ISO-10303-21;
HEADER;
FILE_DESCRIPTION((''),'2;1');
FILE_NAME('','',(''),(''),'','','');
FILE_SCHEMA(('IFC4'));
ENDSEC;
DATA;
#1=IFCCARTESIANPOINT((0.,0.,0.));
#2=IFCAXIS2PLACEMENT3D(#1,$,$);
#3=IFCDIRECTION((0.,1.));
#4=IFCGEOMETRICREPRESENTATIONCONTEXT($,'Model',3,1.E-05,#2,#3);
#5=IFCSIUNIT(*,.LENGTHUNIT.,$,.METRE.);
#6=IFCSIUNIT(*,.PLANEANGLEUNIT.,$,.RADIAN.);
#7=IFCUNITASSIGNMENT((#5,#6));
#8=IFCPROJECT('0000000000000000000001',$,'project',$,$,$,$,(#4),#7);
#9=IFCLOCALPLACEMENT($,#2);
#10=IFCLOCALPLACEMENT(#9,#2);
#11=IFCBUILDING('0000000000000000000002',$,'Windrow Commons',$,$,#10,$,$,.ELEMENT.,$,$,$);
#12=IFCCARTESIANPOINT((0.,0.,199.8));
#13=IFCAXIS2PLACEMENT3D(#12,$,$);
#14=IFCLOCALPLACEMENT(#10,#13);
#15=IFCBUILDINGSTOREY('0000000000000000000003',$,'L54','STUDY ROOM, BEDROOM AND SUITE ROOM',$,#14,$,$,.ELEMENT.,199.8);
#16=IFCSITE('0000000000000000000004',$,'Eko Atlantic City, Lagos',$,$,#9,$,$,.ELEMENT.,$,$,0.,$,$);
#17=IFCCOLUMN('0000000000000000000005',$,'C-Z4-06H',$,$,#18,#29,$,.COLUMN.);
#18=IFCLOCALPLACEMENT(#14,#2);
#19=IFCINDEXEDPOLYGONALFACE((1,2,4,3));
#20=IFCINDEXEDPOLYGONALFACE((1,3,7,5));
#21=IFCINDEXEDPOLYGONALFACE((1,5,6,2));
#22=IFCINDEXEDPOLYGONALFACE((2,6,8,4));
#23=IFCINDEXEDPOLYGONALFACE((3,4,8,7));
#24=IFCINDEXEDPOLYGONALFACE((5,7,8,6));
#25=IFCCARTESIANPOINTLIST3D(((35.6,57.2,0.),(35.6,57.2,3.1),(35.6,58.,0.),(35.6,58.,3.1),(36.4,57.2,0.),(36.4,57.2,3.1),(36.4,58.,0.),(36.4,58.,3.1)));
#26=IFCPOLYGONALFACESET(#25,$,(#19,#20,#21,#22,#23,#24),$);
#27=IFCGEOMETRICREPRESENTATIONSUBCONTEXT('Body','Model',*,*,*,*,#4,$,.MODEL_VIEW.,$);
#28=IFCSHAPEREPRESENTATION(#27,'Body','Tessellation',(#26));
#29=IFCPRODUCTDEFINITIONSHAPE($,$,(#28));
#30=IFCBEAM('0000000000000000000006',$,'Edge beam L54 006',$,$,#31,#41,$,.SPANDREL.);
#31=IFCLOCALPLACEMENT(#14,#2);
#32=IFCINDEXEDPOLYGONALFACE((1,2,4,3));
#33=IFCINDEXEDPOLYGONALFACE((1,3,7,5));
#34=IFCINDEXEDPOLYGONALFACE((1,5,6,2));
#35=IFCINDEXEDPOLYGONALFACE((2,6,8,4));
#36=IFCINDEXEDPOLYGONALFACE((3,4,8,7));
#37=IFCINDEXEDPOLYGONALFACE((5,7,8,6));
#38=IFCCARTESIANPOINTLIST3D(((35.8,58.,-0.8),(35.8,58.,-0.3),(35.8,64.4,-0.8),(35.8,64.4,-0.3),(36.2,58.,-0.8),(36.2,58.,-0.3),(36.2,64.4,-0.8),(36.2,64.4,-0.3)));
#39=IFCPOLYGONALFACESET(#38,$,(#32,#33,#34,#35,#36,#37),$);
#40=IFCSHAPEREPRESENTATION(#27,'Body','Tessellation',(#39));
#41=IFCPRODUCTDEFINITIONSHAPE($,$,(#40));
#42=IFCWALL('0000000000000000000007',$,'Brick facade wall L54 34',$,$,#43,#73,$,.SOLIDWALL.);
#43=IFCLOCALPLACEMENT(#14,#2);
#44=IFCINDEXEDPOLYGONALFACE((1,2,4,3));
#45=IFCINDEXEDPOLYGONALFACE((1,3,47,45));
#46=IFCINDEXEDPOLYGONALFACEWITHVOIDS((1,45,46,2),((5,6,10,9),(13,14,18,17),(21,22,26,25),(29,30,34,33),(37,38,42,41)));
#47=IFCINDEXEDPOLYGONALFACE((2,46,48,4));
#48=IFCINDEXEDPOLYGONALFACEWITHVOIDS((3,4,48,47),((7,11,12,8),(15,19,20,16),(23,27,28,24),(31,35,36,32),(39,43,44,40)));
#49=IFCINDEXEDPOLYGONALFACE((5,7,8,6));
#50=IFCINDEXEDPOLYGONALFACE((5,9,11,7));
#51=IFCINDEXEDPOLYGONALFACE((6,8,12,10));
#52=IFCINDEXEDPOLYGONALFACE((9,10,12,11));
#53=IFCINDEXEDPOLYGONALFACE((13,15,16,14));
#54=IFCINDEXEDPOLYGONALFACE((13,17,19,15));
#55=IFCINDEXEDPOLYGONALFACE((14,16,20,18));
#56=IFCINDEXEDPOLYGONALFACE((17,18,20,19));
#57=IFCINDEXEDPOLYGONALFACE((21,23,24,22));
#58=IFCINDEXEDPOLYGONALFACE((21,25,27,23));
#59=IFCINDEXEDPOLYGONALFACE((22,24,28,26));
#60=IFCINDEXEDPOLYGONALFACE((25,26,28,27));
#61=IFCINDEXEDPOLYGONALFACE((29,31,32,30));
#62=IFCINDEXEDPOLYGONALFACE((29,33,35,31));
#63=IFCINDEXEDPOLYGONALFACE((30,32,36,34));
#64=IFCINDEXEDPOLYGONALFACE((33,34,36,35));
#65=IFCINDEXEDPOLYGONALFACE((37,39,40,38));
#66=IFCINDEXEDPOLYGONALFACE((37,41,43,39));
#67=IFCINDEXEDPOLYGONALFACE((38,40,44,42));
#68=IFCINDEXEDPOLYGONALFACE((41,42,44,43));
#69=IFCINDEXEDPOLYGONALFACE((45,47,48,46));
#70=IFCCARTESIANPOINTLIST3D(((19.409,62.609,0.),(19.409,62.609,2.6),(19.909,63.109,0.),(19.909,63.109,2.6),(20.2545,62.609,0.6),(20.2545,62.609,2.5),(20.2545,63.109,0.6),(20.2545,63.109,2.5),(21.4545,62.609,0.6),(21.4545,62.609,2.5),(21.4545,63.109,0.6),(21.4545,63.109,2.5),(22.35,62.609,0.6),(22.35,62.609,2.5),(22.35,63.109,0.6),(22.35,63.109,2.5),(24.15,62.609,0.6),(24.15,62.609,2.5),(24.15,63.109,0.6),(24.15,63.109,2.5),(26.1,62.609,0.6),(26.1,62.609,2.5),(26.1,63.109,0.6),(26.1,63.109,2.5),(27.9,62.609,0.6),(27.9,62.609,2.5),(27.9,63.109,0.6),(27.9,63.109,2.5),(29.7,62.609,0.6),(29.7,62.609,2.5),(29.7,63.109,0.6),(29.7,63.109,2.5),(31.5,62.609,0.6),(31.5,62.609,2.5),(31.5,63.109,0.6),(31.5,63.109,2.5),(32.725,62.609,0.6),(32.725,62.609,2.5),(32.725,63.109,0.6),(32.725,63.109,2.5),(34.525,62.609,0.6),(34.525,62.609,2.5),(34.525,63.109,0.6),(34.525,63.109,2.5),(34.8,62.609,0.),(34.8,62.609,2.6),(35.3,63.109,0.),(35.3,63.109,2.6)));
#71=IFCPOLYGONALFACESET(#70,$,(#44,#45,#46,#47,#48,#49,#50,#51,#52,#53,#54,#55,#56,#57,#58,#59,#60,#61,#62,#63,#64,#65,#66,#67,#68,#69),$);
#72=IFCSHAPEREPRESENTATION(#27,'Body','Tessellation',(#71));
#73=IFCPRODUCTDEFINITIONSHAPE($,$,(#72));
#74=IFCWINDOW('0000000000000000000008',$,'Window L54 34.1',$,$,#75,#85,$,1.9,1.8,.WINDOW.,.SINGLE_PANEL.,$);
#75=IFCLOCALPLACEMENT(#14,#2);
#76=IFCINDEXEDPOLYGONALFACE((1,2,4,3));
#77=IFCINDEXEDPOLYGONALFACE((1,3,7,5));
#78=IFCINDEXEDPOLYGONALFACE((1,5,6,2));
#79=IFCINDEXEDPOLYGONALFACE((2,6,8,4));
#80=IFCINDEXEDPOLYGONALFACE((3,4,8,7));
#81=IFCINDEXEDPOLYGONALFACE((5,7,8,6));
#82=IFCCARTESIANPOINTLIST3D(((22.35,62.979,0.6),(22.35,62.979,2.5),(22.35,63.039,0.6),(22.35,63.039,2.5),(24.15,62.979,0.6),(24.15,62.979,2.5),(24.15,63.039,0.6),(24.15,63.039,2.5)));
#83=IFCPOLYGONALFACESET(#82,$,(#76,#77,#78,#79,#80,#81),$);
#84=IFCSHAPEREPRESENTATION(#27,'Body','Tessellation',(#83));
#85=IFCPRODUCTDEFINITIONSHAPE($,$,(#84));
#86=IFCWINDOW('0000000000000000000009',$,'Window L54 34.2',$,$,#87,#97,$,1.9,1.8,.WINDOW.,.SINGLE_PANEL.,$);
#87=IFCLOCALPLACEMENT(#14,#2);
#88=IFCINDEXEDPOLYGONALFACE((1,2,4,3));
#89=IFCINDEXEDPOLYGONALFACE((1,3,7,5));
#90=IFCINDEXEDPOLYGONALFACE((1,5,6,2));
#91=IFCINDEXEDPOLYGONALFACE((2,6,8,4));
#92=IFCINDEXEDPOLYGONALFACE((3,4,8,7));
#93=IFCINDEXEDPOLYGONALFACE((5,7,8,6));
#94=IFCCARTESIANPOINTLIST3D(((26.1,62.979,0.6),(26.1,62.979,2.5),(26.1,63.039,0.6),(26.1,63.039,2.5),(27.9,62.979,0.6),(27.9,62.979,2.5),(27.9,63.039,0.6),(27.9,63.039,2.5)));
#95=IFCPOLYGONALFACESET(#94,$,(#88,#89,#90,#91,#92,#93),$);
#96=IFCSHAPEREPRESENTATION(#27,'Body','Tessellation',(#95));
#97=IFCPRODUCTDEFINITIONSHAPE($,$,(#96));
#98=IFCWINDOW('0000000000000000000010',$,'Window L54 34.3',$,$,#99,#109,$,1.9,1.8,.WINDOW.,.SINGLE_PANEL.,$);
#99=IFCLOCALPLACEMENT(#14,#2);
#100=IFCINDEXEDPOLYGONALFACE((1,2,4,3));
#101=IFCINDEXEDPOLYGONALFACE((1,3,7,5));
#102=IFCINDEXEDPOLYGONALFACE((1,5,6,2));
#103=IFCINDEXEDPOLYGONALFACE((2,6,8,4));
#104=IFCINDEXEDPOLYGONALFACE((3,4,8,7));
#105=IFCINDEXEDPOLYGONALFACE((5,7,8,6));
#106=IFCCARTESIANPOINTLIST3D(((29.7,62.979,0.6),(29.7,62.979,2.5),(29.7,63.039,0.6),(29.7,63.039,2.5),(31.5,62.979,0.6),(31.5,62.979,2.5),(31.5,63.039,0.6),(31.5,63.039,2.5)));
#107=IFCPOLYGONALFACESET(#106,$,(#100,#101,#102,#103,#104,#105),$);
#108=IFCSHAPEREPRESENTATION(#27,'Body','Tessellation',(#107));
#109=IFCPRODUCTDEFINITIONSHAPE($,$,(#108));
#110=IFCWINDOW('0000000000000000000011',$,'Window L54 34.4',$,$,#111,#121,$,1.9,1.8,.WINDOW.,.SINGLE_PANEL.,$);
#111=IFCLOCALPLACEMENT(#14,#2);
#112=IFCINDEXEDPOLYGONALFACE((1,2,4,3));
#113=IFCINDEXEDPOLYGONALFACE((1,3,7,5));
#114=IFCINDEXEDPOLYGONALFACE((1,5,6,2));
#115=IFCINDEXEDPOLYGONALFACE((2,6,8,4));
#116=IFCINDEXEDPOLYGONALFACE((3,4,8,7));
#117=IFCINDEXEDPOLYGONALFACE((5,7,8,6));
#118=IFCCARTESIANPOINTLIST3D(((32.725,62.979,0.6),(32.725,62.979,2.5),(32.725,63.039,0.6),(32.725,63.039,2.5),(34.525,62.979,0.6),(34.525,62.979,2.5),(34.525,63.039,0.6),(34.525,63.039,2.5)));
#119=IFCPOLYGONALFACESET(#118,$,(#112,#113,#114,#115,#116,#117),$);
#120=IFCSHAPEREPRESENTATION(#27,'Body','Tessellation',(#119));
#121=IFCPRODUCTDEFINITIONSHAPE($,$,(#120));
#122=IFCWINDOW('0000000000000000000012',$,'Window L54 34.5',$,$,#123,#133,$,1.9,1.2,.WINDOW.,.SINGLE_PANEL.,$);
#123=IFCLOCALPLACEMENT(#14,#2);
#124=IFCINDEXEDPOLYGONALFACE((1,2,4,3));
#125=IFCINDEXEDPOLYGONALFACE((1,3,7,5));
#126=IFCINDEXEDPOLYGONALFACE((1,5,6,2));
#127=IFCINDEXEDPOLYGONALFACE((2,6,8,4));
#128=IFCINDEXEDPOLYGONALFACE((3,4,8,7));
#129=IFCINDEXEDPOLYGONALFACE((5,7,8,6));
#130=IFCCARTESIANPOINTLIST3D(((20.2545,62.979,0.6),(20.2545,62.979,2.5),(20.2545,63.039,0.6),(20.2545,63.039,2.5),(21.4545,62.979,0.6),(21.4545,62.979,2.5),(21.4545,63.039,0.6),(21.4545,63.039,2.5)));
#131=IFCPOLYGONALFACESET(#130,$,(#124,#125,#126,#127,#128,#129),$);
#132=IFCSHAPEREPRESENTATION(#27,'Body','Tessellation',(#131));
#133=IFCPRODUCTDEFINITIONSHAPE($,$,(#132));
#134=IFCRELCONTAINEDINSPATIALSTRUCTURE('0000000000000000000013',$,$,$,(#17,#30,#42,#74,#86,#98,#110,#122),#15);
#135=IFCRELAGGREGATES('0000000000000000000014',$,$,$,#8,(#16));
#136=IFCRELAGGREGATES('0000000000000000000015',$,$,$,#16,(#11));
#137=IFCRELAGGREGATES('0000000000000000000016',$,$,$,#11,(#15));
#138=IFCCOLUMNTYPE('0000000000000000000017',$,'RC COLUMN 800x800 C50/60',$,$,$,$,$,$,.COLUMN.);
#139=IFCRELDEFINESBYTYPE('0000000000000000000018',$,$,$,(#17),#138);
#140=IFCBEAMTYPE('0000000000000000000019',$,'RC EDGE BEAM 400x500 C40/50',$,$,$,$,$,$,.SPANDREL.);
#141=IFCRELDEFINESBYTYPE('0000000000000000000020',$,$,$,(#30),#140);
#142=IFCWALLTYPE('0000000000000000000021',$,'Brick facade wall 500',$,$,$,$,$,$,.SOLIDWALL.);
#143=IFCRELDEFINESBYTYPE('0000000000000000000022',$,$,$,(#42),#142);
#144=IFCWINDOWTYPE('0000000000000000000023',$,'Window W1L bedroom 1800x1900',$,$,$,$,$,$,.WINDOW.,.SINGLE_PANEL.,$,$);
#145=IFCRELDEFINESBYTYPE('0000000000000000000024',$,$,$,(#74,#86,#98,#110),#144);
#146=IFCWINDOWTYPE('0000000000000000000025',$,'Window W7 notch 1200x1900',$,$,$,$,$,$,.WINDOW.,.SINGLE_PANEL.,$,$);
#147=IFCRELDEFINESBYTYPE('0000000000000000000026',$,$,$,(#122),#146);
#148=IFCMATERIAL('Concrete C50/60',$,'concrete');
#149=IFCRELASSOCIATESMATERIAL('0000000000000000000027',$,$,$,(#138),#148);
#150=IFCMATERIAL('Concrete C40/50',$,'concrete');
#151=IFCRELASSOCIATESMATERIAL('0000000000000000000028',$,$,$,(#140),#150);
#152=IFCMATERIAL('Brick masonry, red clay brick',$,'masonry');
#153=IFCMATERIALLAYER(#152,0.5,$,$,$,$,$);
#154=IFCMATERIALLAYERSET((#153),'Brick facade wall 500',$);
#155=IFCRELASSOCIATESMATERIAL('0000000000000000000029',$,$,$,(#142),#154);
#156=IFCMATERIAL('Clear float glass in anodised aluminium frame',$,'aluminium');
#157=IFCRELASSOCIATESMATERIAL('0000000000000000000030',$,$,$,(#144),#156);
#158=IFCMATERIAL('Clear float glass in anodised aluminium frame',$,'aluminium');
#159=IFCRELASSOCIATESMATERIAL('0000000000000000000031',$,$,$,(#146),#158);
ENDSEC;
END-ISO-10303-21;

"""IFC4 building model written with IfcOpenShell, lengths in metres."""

from ifc_helpers import new_model, si_unit, direction, frame, frame_2d, origin, origin_2d, place, context, subcontext, project, spatial, polyline, rectangle, outline, extrude, material, layer, layer_set, material_profile, profile_set, type_object, element, fill, save


model = new_model("IFC4")

# Units and contexts
model_context = context("Model", 3, precision=1e-05, world=origin(), true_north=direction((0.0, 1.0)))
body_context = subcontext(model_context, "Body", "Model", "MODEL_VIEW")
ifc_project = project(units=[si_unit("LENGTHUNIT", "METRE"), si_unit("PLANEANGLEUNIT", "RADIAN")], contexts=[model_context])

# Site, building, storey
site_placement = place(None, origin())
site = spatial("IfcSite", under=ifc_project, at=site_placement, Name="Eko Atlantic City, Lagos", CompositionType="ELEMENT", RefElevation=0.0)
building_placement = place(site_placement, origin())
building = spatial("IfcBuilding", under=site, at=building_placement, Name="Windrow Commons", CompositionType="ELEMENT")
storey_placement = place(building_placement, frame((0.0, 0.0, 199.8)))
storey = spatial("IfcBuildingStorey", under=building, at=storey_placement, Name="L54", Description="STUDY ROOM, BEDROOM AND SUITE ROOM", CompositionType="ELEMENT", Elevation=199.8)

# Column
ifc_material_1 = material(Name="Concrete C50/60", Category="concrete")
ifc_material_profile_1 = material_profile(ifc_material_1, rectangle(XDim=0.8, YDim=0.8, at=origin_2d()))
ifc_profile_set_1 = profile_set([ifc_material_profile_1], Name="Concrete C50/60")
column_type = type_object("IfcColumnType", Name="RC COLUMN 800x800 C50/60", PredefinedType="COLUMN", material=ifc_profile_set_1)
column_placement = place(storey_placement, frame((36.0, 57.6, 0.0), z_axis=(0.0, 0.0, 1.0), x_axis=(1.0, 0.0, 0.0)))
element("IfcColumn", 1, at=column_placement, inside=storey, type_object=column_type, Name="C-Z4-06H", PredefinedType="COLUMN", context=body_context, shape_type="SweptSolid", body=[
    extrude(rectangle(XDim=0.8, YDim=0.8, at=origin_2d()), origin(), (0.0, 0.0, 1.0), 3.1),
])

# Beam
ifc_material_2 = material(Name="Concrete C40/50", Category="concrete")
ifc_material_profile_2 = material_profile(ifc_material_2, rectangle(XDim=0.4, YDim=0.5, at=origin_2d()))
ifc_profile_set_2 = profile_set([ifc_material_profile_2], Name="Concrete C40/50")
beam_type = type_object("IfcBeamType", Name="RC EDGE BEAM 400x500 C40/50", PredefinedType="SPANDREL", material=ifc_profile_set_2)
beam_placement = place(storey_placement, frame((36.0, 58.0, -0.55), z_axis=(0.0, 1.0, 0.0), x_axis=(-1.0, 0.0, 0.0)))
element("IfcBeam", 2, at=beam_placement, inside=storey, type_object=beam_type, Name="Edge beam L54 006", PredefinedType="SPANDREL", context=body_context, shape_type="SweptSolid", body=[
    extrude(rectangle(XDim=0.4, YDim=0.5, at=origin_2d()), origin(), (0.0, 0.0, 1.0), 6.4),
])

# Wall, openings, windows
ifc_material_3 = material(Name="Brick masonry, red clay brick", Category="masonry")
ifc_layer = layer(ifc_material_3, 0.5)
ifc_layer_set = layer_set([ifc_layer], Name="Brick facade wall 500")
wall_type = type_object("IfcWallType", Name="Brick facade wall 500", PredefinedType="SOLIDWALL", material=ifc_layer_set)
wall_1_placement = place(storey_placement, frame((19.659, 62.859, 0.0), z_axis=(0.0, 0.0, 1.0), x_axis=(1.0, 0.0, 0.0)))
wall_1 = element("IfcWall", 3, at=wall_1_placement, inside=storey, type_object=wall_type, Name="Brick facade wall L54 34", PredefinedType="SOLIDWALL", context=body_context, shape_type="SweptSolid", body=[
    extrude(outline(polyline([(-0.25, -0.25), (15.141, -0.25), (15.641, 0.25), (0.25, 0.25), (-0.25, -0.25)])), origin(), (0.0, 0.0, 1.0), 2.6),
])
opening_1_placement = place(wall_1_placement, frame((2.691, 0.0, 0.6)))
opening_1 = element("IfcOpeningElement", 4, at=opening_1_placement, cuts=wall_1, PredefinedType="OPENING", context=body_context, shape_type="SweptSolid", body=[
    extrude(rectangle(XDim=1.8, YDim=1.9, at=frame_2d((0.9, 0.95))), frame((0.0, 0.26, 0.0), z_axis=(0.0, -1.0, 0.0), x_axis=(1.0, 0.0, 0.0)), (0.0, 0.0, 1.0), 0.52),
])
opening_2_placement = place(wall_1_placement, frame((6.441, 0.0, 0.6)))
opening_2 = element("IfcOpeningElement", 5, at=opening_2_placement, cuts=wall_1, PredefinedType="OPENING", context=body_context, shape_type="SweptSolid", body=[
    extrude(rectangle(XDim=1.8, YDim=1.9, at=frame_2d((0.9, 0.95))), frame((0.0, 0.26, 0.0), z_axis=(0.0, -1.0, 0.0), x_axis=(1.0, 0.0, 0.0)), (0.0, 0.0, 1.0), 0.52),
])
opening_3_placement = place(wall_1_placement, frame((10.041, 0.0, 0.6)))
opening_3 = element("IfcOpeningElement", 6, at=opening_3_placement, cuts=wall_1, PredefinedType="OPENING", context=body_context, shape_type="SweptSolid", body=[
    extrude(rectangle(XDim=1.8, YDim=1.9, at=frame_2d((0.9, 0.95))), frame((0.0, 0.26, 0.0), z_axis=(0.0, -1.0, 0.0), x_axis=(1.0, 0.0, 0.0)), (0.0, 0.0, 1.0), 0.52),
])
opening_4_placement = place(wall_1_placement, frame((13.066, 0.0, 0.6)))
opening_4 = element("IfcOpeningElement", 7, at=opening_4_placement, cuts=wall_1, PredefinedType="OPENING", context=body_context, shape_type="SweptSolid", body=[
    extrude(rectangle(XDim=1.8, YDim=1.9, at=frame_2d((0.9, 0.95))), frame((0.0, 0.26, 0.0), z_axis=(0.0, -1.0, 0.0), x_axis=(1.0, 0.0, 0.0)), (0.0, 0.0, 1.0), 0.52),
])
opening_5_placement = place(wall_1_placement, frame((0.5955, 0.0, 0.6)))
opening_5 = element("IfcOpeningElement", 8, at=opening_5_placement, cuts=wall_1, PredefinedType="OPENING", context=body_context, shape_type="SweptSolid", body=[
    extrude(rectangle(XDim=1.2, YDim=1.9, at=frame_2d((0.6, 0.95))), frame((0.0, 0.26, 0.0), z_axis=(0.0, -1.0, 0.0), x_axis=(1.0, 0.0, 0.0)), (0.0, 0.0, 1.0), 0.52),
])
ifc_material_4 = material(Name="Clear float glass in anodised aluminium frame", Category="aluminium")
window_type_1 = type_object("IfcWindowType", Name="Window W1L bedroom 1800x1900", PartitioningType="SINGLE_PANEL", PredefinedType="WINDOW", material=ifc_material_4)
window_1_placement = place(opening_1_placement, origin())
window_1 = element("IfcWindow", 9, at=window_1_placement, inside=storey, type_object=window_type_1, Name="Window L54 34.1", OverallHeight=1.9, OverallWidth=1.8, PartitioningType="SINGLE_PANEL", PredefinedType="WINDOW", context=body_context, shape_type="SweptSolid", body=[
    extrude(rectangle(XDim=1.8, YDim=1.9, at=frame_2d((0.9, 0.95))), frame((0.0, 0.18, 0.0), z_axis=(0.0, -1.0, 0.0), x_axis=(1.0, 0.0, 0.0)), (0.0, 0.0, 1.0), 0.06),
])
fill(opening_1, window_1)
window_2_placement = place(opening_2_placement, origin())
window_2 = element("IfcWindow", 10, at=window_2_placement, inside=storey, type_object=window_type_1, Name="Window L54 34.2", OverallHeight=1.9, OverallWidth=1.8, PartitioningType="SINGLE_PANEL", PredefinedType="WINDOW", context=body_context, shape_type="SweptSolid", body=[
    extrude(rectangle(XDim=1.8, YDim=1.9, at=frame_2d((0.9, 0.95))), frame((0.0, 0.18, 0.0), z_axis=(0.0, -1.0, 0.0), x_axis=(1.0, 0.0, 0.0)), (0.0, 0.0, 1.0), 0.06),
])
fill(opening_2, window_2)
window_3_placement = place(opening_3_placement, origin())
window_3 = element("IfcWindow", 11, at=window_3_placement, inside=storey, type_object=window_type_1, Name="Window L54 34.3", OverallHeight=1.9, OverallWidth=1.8, PartitioningType="SINGLE_PANEL", PredefinedType="WINDOW", context=body_context, shape_type="SweptSolid", body=[
    extrude(rectangle(XDim=1.8, YDim=1.9, at=frame_2d((0.9, 0.95))), frame((0.0, 0.18, 0.0), z_axis=(0.0, -1.0, 0.0), x_axis=(1.0, 0.0, 0.0)), (0.0, 0.0, 1.0), 0.06),
])
fill(opening_3, window_3)
window_4_placement = place(opening_4_placement, origin())
window_4 = element("IfcWindow", 12, at=window_4_placement, inside=storey, type_object=window_type_1, Name="Window L54 34.4", OverallHeight=1.9, OverallWidth=1.8, PartitioningType="SINGLE_PANEL", PredefinedType="WINDOW", context=body_context, shape_type="SweptSolid", body=[
    extrude(rectangle(XDim=1.8, YDim=1.9, at=frame_2d((0.9, 0.95))), frame((0.0, 0.18, 0.0), z_axis=(0.0, -1.0, 0.0), x_axis=(1.0, 0.0, 0.0)), (0.0, 0.0, 1.0), 0.06),
])
fill(opening_4, window_4)
ifc_material_5 = material(Name="Clear float glass in anodised aluminium frame", Category="aluminium")
window_type_2 = type_object("IfcWindowType", Name="Window W7 notch 1200x1900", PartitioningType="SINGLE_PANEL", PredefinedType="WINDOW", material=ifc_material_5)
window_5_placement = place(opening_5_placement, origin())
window_5 = element("IfcWindow", 13, at=window_5_placement, inside=storey, type_object=window_type_2, Name="Window L54 34.5", OverallHeight=1.9, OverallWidth=1.2, PartitioningType="SINGLE_PANEL", PredefinedType="WINDOW", context=body_context, shape_type="SweptSolid", body=[
    extrude(rectangle(XDim=1.2, YDim=1.9, at=frame_2d((0.6, 0.95))), frame((0.0, 0.18, 0.0), z_axis=(0.0, -1.0, 0.0), x_axis=(1.0, 0.0, 0.0)), (0.0, 0.0, 1.0), 0.06),
])
fill(opening_5, window_5)

save(model, "model.ifc")
